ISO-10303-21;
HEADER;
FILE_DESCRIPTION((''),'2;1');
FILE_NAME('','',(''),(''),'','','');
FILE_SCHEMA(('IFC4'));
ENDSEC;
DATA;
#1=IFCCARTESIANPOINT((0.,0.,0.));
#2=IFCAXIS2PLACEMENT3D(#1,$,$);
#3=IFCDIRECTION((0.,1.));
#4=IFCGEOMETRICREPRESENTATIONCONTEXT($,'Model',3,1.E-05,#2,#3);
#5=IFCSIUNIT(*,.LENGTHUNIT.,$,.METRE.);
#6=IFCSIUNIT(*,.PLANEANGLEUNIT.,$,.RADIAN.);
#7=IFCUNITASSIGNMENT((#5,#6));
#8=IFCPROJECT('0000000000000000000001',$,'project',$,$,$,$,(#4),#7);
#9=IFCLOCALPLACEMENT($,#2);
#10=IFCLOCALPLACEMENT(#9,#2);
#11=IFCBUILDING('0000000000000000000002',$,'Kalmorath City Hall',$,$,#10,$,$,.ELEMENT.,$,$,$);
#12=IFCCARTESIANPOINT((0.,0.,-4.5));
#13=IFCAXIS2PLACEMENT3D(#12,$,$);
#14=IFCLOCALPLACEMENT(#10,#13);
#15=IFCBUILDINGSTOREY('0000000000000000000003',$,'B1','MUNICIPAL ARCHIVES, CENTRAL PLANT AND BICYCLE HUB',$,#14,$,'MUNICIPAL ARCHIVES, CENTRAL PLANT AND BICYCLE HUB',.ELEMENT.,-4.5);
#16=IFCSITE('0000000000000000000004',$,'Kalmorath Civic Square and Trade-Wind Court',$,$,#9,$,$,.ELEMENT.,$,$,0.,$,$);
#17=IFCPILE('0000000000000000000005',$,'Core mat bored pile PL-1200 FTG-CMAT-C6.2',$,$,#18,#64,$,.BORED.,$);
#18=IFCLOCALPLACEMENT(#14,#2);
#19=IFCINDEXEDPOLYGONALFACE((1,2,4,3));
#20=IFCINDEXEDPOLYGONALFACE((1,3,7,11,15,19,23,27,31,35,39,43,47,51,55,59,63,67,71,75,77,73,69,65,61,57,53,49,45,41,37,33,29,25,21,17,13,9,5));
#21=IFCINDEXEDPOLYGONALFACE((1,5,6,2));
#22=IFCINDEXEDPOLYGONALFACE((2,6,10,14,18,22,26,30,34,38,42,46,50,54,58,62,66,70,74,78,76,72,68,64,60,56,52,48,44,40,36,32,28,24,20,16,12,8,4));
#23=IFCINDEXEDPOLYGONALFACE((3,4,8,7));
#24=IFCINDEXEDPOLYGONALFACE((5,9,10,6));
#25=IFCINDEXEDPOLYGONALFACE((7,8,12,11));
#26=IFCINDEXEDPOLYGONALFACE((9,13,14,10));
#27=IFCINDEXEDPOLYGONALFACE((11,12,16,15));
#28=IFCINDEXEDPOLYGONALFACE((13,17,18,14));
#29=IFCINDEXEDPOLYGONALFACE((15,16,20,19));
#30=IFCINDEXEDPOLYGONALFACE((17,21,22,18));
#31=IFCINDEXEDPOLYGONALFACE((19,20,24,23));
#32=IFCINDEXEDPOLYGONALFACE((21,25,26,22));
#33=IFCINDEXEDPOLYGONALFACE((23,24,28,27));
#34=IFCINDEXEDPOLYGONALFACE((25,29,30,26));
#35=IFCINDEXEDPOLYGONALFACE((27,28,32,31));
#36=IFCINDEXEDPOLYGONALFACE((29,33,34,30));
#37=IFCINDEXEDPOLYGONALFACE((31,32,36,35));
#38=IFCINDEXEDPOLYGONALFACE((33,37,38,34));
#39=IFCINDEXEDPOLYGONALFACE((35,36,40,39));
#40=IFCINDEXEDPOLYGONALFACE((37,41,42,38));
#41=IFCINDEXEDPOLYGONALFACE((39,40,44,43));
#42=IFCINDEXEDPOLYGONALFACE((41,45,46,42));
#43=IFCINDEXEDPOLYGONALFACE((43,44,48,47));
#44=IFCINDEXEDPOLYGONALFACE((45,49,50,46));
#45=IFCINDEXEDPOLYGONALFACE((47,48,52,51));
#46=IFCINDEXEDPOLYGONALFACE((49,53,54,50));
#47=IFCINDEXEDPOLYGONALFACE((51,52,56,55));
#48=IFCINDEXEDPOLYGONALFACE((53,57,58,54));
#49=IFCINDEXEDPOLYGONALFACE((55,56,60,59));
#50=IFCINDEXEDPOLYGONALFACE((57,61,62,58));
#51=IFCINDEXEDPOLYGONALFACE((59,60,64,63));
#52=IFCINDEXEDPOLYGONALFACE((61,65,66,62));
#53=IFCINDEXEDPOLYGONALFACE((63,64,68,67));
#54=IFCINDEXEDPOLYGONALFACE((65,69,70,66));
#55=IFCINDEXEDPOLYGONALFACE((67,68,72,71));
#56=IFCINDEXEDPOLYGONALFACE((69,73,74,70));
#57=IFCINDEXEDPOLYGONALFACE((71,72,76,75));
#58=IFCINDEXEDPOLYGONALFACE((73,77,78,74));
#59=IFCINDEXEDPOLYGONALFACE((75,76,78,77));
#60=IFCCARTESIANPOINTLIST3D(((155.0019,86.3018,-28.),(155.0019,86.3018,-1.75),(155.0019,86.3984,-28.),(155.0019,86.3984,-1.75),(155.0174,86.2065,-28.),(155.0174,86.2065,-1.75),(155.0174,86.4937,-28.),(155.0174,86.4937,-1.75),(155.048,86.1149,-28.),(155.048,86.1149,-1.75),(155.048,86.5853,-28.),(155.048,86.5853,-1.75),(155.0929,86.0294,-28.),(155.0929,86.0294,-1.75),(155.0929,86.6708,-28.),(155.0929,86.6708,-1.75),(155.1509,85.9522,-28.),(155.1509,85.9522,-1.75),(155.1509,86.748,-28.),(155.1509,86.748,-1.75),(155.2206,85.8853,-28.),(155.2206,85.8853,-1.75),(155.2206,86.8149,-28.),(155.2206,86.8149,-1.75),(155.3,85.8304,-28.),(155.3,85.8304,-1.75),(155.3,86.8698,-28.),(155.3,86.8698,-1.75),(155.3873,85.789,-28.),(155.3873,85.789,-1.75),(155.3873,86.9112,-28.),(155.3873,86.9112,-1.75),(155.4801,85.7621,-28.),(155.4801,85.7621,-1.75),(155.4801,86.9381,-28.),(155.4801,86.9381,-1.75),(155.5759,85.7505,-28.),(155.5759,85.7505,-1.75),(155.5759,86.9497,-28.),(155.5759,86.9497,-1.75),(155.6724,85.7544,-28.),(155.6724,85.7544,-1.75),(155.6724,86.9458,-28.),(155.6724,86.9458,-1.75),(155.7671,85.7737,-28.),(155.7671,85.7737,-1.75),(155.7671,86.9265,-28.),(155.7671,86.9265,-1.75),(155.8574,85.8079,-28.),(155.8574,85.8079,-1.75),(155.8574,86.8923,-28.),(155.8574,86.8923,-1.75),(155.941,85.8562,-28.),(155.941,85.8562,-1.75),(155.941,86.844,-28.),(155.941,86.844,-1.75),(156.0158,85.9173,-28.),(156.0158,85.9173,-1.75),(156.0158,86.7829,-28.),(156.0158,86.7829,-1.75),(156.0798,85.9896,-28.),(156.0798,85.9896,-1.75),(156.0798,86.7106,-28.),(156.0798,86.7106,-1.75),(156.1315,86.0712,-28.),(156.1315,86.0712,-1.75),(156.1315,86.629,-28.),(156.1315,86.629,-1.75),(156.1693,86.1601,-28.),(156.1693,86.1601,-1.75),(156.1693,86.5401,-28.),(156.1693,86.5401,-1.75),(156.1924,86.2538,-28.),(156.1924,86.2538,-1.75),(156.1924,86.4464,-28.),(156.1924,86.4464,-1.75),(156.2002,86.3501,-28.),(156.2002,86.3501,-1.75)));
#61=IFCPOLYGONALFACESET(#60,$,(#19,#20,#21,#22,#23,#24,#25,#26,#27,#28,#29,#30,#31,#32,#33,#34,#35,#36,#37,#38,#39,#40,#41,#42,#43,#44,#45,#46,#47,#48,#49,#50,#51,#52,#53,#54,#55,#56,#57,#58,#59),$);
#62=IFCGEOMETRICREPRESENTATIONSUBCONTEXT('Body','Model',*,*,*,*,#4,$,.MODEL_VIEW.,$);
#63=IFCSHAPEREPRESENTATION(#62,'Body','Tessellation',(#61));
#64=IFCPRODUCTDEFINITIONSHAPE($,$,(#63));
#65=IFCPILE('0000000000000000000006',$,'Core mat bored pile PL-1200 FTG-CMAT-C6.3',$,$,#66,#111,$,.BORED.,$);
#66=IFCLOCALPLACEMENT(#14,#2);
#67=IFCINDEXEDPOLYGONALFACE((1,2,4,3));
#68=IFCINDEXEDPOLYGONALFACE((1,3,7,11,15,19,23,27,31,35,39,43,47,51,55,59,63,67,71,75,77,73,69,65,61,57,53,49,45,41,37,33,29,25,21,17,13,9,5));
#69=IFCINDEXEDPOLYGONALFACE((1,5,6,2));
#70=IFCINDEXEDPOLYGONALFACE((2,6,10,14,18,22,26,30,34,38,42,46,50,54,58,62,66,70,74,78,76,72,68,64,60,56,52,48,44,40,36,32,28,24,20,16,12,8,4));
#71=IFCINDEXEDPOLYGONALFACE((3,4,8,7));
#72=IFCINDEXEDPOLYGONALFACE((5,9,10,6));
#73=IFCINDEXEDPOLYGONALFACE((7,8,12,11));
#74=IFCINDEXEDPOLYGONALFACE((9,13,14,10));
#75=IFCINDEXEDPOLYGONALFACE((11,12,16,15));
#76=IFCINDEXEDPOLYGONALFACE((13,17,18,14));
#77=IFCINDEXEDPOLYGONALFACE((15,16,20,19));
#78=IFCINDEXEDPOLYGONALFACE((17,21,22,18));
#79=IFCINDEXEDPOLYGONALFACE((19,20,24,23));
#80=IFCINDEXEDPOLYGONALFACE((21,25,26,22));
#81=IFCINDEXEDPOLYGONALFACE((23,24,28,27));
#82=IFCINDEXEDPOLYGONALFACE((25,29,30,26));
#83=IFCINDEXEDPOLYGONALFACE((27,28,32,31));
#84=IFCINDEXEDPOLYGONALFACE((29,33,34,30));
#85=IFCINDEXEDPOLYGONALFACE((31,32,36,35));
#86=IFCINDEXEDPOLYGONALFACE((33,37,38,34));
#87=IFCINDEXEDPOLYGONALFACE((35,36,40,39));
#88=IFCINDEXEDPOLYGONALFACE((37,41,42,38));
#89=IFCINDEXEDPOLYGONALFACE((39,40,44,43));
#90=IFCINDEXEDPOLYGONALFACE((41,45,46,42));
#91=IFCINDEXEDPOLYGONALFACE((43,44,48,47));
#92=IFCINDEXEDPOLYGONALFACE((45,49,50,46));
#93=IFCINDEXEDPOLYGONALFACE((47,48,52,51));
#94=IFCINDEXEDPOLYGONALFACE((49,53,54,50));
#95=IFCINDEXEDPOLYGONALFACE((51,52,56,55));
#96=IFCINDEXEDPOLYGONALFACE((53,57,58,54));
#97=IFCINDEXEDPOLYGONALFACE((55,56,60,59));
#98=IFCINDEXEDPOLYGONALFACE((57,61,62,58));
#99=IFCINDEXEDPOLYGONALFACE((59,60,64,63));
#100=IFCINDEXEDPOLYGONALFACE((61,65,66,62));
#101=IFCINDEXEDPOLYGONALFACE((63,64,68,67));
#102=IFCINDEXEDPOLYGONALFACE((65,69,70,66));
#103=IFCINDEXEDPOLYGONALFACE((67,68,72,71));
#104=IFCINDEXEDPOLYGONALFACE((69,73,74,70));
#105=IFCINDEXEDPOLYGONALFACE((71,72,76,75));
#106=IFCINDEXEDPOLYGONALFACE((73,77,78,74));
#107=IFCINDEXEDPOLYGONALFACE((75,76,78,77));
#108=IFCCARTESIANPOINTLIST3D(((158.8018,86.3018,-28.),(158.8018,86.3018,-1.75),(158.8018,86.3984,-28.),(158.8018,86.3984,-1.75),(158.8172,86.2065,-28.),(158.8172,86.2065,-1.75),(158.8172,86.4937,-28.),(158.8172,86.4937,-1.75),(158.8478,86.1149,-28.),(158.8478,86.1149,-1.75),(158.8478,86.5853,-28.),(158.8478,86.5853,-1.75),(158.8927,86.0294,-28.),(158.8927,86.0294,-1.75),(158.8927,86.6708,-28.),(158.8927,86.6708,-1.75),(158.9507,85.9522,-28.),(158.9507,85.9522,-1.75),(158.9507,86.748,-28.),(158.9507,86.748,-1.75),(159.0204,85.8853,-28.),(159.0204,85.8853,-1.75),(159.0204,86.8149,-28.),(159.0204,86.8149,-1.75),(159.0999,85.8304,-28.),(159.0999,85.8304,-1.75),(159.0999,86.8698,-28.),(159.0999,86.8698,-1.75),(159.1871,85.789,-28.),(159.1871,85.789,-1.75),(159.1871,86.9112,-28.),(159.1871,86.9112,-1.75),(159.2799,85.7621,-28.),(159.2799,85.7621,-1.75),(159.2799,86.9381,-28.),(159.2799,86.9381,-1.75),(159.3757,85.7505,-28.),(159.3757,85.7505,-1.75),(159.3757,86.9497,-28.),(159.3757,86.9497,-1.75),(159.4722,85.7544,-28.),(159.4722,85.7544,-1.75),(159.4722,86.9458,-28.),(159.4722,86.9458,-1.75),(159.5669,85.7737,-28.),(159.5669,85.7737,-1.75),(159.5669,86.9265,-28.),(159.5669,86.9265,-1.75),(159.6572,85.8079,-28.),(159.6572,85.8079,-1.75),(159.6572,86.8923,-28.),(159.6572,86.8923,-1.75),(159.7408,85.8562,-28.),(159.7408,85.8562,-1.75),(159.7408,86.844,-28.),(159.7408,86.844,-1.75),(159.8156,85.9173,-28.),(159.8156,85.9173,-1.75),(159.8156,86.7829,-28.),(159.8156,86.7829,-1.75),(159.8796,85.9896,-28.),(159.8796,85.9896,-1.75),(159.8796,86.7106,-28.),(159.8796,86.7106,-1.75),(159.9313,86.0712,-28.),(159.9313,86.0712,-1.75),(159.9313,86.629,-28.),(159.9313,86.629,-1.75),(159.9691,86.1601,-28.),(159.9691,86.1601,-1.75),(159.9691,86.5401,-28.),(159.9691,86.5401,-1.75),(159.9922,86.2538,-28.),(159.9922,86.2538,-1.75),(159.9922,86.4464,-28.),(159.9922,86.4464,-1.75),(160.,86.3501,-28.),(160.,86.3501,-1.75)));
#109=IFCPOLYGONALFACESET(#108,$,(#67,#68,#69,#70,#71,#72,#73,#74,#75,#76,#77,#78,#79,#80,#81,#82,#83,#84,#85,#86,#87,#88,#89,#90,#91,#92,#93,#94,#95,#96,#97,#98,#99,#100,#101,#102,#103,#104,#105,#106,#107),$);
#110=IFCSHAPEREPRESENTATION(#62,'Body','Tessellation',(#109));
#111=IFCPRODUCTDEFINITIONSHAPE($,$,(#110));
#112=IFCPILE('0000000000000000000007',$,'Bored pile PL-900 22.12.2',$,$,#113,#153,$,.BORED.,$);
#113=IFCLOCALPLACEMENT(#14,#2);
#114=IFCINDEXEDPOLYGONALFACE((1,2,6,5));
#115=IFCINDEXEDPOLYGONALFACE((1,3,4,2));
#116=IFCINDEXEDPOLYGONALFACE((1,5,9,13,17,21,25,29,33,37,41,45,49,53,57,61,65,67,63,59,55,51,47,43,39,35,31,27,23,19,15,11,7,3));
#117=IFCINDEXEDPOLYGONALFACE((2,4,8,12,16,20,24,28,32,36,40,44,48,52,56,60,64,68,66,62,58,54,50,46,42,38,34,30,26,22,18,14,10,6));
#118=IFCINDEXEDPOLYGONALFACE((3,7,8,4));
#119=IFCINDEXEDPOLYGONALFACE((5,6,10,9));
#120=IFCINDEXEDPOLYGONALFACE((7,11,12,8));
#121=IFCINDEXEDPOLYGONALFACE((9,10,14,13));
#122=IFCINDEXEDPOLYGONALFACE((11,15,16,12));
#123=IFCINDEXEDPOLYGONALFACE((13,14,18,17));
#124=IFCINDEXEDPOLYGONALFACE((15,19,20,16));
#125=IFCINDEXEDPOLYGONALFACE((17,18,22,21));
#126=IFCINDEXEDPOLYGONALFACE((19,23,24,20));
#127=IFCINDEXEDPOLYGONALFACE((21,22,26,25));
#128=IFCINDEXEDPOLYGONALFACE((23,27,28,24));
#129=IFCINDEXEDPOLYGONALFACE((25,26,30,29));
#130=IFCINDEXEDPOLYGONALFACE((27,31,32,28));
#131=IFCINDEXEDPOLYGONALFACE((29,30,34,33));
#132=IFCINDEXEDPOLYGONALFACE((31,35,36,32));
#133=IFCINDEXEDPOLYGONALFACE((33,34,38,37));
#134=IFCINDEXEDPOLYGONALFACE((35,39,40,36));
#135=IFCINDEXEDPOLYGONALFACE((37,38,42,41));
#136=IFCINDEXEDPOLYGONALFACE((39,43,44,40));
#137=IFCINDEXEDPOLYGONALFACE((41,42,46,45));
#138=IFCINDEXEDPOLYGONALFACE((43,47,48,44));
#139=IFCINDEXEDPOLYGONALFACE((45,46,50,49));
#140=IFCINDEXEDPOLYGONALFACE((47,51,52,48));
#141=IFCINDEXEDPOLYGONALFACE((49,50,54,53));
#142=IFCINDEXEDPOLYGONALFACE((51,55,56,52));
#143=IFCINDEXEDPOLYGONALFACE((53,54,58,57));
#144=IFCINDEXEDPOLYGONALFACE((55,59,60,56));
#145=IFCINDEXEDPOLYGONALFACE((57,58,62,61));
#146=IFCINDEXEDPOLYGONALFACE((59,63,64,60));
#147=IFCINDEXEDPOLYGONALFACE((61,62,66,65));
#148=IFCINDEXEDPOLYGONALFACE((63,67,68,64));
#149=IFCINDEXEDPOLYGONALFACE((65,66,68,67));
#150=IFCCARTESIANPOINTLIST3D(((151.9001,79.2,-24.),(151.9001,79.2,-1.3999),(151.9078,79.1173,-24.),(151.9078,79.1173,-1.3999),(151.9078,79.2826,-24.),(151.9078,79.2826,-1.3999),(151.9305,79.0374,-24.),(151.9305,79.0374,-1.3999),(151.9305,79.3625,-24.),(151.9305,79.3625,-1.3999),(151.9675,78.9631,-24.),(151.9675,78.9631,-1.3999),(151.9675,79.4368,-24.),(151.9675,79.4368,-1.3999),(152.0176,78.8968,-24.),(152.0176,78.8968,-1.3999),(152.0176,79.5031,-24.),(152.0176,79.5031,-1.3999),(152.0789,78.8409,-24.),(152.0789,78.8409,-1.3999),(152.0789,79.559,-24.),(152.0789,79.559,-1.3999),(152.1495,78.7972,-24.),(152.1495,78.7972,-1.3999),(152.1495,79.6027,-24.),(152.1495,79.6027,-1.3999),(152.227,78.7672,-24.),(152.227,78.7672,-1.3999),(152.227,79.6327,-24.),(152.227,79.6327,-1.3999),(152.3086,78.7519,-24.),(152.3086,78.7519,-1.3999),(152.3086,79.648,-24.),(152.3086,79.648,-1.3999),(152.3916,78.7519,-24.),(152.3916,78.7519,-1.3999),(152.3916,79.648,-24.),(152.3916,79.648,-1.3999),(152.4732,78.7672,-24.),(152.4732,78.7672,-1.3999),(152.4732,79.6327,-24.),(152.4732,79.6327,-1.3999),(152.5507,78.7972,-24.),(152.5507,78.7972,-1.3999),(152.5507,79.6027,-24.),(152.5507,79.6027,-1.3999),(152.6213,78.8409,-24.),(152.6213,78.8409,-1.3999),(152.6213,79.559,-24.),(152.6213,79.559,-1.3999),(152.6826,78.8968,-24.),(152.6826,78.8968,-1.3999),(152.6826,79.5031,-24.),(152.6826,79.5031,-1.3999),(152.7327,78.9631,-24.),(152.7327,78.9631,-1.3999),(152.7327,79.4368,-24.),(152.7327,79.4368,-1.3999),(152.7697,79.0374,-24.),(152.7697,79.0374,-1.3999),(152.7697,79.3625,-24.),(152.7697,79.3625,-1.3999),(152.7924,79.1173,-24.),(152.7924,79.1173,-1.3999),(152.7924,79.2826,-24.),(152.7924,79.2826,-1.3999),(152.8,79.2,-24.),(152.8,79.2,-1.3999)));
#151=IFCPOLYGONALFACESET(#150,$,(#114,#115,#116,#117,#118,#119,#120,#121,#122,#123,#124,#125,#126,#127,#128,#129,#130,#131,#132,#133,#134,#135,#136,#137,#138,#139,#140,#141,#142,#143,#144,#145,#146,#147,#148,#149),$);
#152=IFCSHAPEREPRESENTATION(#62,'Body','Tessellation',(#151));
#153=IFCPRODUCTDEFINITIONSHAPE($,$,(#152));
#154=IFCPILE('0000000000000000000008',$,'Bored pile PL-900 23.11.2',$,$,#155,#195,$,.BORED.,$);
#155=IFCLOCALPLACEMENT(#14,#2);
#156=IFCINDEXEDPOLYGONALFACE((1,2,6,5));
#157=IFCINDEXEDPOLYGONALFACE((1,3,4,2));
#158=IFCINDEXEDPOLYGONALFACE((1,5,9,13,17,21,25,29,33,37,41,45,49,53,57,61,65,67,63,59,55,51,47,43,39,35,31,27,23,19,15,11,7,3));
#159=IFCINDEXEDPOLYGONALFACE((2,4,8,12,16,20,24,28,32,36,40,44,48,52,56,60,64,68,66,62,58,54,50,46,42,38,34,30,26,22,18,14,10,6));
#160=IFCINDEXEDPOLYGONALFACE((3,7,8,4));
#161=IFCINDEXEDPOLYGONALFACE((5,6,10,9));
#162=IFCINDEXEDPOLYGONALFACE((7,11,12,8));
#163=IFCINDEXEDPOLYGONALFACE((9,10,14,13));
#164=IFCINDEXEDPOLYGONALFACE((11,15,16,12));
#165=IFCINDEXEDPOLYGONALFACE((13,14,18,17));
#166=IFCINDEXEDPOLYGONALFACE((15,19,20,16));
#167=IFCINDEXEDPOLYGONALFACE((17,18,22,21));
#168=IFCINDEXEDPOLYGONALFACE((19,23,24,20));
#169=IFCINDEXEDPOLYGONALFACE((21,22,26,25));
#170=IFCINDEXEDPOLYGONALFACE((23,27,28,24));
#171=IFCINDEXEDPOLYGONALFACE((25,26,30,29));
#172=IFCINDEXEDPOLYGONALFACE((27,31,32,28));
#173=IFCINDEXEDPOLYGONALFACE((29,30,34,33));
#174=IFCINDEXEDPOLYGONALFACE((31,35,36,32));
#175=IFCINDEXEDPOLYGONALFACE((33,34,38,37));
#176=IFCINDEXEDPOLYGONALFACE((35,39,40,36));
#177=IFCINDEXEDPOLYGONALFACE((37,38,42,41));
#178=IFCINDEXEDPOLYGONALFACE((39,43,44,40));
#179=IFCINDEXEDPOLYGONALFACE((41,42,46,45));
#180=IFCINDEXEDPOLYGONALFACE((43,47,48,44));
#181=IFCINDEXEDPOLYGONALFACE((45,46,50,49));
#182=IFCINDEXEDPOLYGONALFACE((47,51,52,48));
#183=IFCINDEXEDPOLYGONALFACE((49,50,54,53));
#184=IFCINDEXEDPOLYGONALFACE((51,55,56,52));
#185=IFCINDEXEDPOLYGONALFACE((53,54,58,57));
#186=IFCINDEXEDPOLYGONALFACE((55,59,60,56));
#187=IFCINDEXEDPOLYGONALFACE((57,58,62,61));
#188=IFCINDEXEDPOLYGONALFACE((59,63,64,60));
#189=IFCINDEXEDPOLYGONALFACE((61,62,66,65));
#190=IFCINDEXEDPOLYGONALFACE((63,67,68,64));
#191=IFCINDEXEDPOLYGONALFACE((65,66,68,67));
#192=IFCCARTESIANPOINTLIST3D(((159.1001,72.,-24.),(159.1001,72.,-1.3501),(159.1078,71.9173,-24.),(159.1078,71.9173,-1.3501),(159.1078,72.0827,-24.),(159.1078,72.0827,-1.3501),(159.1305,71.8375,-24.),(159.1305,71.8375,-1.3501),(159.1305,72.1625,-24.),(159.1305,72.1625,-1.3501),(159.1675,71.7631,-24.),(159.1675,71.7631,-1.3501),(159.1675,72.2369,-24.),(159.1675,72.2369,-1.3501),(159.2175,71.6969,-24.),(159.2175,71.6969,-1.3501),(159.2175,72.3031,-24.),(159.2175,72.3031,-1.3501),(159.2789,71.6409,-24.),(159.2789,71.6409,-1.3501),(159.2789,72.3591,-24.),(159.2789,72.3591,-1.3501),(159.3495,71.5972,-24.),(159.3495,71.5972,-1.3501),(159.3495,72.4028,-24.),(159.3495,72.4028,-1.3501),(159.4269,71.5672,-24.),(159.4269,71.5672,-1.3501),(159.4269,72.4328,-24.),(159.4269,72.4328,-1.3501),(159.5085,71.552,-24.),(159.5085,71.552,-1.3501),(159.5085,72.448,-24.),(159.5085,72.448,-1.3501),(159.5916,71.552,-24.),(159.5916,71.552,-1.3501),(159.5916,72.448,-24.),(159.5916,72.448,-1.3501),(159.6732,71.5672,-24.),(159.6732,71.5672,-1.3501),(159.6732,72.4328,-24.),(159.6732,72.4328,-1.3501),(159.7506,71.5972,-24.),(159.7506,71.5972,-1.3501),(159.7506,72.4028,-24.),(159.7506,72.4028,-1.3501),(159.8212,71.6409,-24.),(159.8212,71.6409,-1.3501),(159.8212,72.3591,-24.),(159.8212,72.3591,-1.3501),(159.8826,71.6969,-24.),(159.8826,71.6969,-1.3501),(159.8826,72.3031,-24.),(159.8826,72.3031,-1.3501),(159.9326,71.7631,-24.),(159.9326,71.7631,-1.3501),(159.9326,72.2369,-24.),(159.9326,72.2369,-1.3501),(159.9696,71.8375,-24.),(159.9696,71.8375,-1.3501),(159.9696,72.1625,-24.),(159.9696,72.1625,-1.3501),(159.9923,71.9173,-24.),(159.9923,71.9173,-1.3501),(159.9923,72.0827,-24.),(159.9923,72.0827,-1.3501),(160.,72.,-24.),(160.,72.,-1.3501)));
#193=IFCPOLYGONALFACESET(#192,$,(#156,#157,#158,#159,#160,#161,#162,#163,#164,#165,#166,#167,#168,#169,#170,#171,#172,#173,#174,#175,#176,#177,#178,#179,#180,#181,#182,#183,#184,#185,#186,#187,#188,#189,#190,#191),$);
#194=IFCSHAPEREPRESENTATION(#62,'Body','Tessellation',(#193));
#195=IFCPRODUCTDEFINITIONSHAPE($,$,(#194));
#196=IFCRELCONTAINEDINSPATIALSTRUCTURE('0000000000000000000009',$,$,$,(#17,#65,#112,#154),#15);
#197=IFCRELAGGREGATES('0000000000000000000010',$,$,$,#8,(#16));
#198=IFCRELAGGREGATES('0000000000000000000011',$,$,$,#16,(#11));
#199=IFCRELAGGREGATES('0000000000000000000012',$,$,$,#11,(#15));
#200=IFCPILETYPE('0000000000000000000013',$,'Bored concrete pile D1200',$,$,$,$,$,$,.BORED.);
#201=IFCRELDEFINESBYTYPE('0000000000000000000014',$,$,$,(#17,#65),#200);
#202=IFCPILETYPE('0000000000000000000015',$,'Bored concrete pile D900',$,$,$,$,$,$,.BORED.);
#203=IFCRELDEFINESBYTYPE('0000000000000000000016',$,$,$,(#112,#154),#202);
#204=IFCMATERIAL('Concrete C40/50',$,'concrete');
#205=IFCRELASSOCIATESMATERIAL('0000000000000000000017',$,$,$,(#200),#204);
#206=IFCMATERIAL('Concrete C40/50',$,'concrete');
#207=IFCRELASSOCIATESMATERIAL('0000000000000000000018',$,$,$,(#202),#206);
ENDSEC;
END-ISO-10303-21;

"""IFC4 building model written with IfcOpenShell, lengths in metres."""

from ifc_helpers import new_model, si_unit, direction, frame, origin, origin_2d, place, context, subcontext, project, spatial, circle, extrude, material, material_profile, profile_set, type_object, element, save


model = new_model("IFC4")

# Units and contexts
model_context = context("Model", 3, precision=1e-05, world=origin(), true_north=direction((0.0, 1.0)))
body_context = subcontext(model_context, "Body", "Model", "MODEL_VIEW")
ifc_project = project(units=[si_unit("LENGTHUNIT", "METRE"), si_unit("PLANEANGLEUNIT", "RADIAN")], contexts=[model_context])

# Site, building, storey
site_placement = place(None, origin())
site = spatial("IfcSite", under=ifc_project, at=site_placement, Name="Kalmorath Civic Square and Trade-Wind Court", CompositionType="ELEMENT", RefElevation=0.0)
building_placement = place(site_placement, origin())
building = spatial("IfcBuilding", under=site, at=building_placement, Name="Kalmorath City Hall", CompositionType="ELEMENT")
storey_placement = place(building_placement, frame((0.0, 0.0, -4.5)))
storey = spatial("IfcBuildingStorey", under=building, at=storey_placement, Name="B1", Description="MUNICIPAL ARCHIVES, CENTRAL PLANT AND BICYCLE HUB", LongName="MUNICIPAL ARCHIVES, CENTRAL PLANT AND BICYCLE HUB", CompositionType="ELEMENT", Elevation=-4.5)

# Piles
ifc_material_1 = material(Name="Concrete C40/50", Category="concrete")
ifc_material_profile_1 = material_profile(ifc_material_1, circle(Radius=0.6001, at=origin_2d()), Name="PILE-D1200")
ifc_profile_set_1 = profile_set([ifc_material_profile_1], Name="Concrete C40/50")
pile_type_1 = type_object("IfcPileType", Name="Bored concrete pile D1200", PredefinedType="BORED", material=ifc_profile_set_1)
for number, where, z_axis, x_axis, name in (
    (1, (155.6001, 86.3501, -1.75), (0.0, 0.0, -1.0), (1.0, 0.0, 0.0), "Core mat bored pile PL-1200 FTG-CMAT-C6.2"),
    (2, (159.3999, 86.3501, -1.75), (0.0, 0.0, -1.0), (1.0, 0.0, 0.0), "Core mat bored pile PL-1200 FTG-CMAT-C6.3"),
):
    element("IfcPile", number, at=place(storey_placement, frame(where, z_axis=z_axis, x_axis=x_axis)), inside=storey, type_object=pile_type_1, Name=name, PredefinedType="BORED", context=body_context, shape_type="SweptSolid", body=[
        extrude(circle(Radius=0.6001, at=origin_2d()), origin(), (0.0, 0.0, 1.0), 26.25),
    ])
ifc_material_2 = material(Name="Concrete C40/50", Category="concrete")
ifc_material_profile_2 = material_profile(ifc_material_2, circle(Radius=0.45, at=origin_2d()), Name="PILE-D900")
ifc_profile_set_2 = profile_set([ifc_material_profile_2], Name="Concrete C40/50")
pile_type_2 = type_object("IfcPileType", Name="Bored concrete pile D900", PredefinedType="BORED", material=ifc_profile_set_2)
pile_placement = place(storey_placement, frame((152.3501, 79.2, -1.3999), z_axis=(0.0, 0.0, -1.0), x_axis=(1.0, 0.0, 0.0)))
element("IfcPile", 3, at=pile_placement, inside=storey, type_object=pile_type_2, Name="Bored pile PL-900 22.12.2", PredefinedType="BORED", context=body_context, shape_type="SweptSolid", body=[
    extrude(circle(Radius=0.45, at=origin_2d()), origin(), (0.0, 0.0, 1.0), 22.6001),
])
for number, where, z_axis, x_axis, name in (
    (4, (159.55, 72.0, -1.3501), (0.0, 0.0, -1.0), (1.0, 0.0, 0.0), "Bored pile PL-900 23.11.2"),
):
    element("IfcPile", number, at=place(storey_placement, frame(where, z_axis=z_axis, x_axis=x_axis)), inside=storey, type_object=pile_type_2, Name=name, PredefinedType="BORED", context=body_context, shape_type="SweptSolid", body=[
        extrude(circle(Radius=0.45, at=origin_2d()), origin(), (0.0, 0.0, 1.0), 22.6499),
    ])

save(model, "model.ifc")
